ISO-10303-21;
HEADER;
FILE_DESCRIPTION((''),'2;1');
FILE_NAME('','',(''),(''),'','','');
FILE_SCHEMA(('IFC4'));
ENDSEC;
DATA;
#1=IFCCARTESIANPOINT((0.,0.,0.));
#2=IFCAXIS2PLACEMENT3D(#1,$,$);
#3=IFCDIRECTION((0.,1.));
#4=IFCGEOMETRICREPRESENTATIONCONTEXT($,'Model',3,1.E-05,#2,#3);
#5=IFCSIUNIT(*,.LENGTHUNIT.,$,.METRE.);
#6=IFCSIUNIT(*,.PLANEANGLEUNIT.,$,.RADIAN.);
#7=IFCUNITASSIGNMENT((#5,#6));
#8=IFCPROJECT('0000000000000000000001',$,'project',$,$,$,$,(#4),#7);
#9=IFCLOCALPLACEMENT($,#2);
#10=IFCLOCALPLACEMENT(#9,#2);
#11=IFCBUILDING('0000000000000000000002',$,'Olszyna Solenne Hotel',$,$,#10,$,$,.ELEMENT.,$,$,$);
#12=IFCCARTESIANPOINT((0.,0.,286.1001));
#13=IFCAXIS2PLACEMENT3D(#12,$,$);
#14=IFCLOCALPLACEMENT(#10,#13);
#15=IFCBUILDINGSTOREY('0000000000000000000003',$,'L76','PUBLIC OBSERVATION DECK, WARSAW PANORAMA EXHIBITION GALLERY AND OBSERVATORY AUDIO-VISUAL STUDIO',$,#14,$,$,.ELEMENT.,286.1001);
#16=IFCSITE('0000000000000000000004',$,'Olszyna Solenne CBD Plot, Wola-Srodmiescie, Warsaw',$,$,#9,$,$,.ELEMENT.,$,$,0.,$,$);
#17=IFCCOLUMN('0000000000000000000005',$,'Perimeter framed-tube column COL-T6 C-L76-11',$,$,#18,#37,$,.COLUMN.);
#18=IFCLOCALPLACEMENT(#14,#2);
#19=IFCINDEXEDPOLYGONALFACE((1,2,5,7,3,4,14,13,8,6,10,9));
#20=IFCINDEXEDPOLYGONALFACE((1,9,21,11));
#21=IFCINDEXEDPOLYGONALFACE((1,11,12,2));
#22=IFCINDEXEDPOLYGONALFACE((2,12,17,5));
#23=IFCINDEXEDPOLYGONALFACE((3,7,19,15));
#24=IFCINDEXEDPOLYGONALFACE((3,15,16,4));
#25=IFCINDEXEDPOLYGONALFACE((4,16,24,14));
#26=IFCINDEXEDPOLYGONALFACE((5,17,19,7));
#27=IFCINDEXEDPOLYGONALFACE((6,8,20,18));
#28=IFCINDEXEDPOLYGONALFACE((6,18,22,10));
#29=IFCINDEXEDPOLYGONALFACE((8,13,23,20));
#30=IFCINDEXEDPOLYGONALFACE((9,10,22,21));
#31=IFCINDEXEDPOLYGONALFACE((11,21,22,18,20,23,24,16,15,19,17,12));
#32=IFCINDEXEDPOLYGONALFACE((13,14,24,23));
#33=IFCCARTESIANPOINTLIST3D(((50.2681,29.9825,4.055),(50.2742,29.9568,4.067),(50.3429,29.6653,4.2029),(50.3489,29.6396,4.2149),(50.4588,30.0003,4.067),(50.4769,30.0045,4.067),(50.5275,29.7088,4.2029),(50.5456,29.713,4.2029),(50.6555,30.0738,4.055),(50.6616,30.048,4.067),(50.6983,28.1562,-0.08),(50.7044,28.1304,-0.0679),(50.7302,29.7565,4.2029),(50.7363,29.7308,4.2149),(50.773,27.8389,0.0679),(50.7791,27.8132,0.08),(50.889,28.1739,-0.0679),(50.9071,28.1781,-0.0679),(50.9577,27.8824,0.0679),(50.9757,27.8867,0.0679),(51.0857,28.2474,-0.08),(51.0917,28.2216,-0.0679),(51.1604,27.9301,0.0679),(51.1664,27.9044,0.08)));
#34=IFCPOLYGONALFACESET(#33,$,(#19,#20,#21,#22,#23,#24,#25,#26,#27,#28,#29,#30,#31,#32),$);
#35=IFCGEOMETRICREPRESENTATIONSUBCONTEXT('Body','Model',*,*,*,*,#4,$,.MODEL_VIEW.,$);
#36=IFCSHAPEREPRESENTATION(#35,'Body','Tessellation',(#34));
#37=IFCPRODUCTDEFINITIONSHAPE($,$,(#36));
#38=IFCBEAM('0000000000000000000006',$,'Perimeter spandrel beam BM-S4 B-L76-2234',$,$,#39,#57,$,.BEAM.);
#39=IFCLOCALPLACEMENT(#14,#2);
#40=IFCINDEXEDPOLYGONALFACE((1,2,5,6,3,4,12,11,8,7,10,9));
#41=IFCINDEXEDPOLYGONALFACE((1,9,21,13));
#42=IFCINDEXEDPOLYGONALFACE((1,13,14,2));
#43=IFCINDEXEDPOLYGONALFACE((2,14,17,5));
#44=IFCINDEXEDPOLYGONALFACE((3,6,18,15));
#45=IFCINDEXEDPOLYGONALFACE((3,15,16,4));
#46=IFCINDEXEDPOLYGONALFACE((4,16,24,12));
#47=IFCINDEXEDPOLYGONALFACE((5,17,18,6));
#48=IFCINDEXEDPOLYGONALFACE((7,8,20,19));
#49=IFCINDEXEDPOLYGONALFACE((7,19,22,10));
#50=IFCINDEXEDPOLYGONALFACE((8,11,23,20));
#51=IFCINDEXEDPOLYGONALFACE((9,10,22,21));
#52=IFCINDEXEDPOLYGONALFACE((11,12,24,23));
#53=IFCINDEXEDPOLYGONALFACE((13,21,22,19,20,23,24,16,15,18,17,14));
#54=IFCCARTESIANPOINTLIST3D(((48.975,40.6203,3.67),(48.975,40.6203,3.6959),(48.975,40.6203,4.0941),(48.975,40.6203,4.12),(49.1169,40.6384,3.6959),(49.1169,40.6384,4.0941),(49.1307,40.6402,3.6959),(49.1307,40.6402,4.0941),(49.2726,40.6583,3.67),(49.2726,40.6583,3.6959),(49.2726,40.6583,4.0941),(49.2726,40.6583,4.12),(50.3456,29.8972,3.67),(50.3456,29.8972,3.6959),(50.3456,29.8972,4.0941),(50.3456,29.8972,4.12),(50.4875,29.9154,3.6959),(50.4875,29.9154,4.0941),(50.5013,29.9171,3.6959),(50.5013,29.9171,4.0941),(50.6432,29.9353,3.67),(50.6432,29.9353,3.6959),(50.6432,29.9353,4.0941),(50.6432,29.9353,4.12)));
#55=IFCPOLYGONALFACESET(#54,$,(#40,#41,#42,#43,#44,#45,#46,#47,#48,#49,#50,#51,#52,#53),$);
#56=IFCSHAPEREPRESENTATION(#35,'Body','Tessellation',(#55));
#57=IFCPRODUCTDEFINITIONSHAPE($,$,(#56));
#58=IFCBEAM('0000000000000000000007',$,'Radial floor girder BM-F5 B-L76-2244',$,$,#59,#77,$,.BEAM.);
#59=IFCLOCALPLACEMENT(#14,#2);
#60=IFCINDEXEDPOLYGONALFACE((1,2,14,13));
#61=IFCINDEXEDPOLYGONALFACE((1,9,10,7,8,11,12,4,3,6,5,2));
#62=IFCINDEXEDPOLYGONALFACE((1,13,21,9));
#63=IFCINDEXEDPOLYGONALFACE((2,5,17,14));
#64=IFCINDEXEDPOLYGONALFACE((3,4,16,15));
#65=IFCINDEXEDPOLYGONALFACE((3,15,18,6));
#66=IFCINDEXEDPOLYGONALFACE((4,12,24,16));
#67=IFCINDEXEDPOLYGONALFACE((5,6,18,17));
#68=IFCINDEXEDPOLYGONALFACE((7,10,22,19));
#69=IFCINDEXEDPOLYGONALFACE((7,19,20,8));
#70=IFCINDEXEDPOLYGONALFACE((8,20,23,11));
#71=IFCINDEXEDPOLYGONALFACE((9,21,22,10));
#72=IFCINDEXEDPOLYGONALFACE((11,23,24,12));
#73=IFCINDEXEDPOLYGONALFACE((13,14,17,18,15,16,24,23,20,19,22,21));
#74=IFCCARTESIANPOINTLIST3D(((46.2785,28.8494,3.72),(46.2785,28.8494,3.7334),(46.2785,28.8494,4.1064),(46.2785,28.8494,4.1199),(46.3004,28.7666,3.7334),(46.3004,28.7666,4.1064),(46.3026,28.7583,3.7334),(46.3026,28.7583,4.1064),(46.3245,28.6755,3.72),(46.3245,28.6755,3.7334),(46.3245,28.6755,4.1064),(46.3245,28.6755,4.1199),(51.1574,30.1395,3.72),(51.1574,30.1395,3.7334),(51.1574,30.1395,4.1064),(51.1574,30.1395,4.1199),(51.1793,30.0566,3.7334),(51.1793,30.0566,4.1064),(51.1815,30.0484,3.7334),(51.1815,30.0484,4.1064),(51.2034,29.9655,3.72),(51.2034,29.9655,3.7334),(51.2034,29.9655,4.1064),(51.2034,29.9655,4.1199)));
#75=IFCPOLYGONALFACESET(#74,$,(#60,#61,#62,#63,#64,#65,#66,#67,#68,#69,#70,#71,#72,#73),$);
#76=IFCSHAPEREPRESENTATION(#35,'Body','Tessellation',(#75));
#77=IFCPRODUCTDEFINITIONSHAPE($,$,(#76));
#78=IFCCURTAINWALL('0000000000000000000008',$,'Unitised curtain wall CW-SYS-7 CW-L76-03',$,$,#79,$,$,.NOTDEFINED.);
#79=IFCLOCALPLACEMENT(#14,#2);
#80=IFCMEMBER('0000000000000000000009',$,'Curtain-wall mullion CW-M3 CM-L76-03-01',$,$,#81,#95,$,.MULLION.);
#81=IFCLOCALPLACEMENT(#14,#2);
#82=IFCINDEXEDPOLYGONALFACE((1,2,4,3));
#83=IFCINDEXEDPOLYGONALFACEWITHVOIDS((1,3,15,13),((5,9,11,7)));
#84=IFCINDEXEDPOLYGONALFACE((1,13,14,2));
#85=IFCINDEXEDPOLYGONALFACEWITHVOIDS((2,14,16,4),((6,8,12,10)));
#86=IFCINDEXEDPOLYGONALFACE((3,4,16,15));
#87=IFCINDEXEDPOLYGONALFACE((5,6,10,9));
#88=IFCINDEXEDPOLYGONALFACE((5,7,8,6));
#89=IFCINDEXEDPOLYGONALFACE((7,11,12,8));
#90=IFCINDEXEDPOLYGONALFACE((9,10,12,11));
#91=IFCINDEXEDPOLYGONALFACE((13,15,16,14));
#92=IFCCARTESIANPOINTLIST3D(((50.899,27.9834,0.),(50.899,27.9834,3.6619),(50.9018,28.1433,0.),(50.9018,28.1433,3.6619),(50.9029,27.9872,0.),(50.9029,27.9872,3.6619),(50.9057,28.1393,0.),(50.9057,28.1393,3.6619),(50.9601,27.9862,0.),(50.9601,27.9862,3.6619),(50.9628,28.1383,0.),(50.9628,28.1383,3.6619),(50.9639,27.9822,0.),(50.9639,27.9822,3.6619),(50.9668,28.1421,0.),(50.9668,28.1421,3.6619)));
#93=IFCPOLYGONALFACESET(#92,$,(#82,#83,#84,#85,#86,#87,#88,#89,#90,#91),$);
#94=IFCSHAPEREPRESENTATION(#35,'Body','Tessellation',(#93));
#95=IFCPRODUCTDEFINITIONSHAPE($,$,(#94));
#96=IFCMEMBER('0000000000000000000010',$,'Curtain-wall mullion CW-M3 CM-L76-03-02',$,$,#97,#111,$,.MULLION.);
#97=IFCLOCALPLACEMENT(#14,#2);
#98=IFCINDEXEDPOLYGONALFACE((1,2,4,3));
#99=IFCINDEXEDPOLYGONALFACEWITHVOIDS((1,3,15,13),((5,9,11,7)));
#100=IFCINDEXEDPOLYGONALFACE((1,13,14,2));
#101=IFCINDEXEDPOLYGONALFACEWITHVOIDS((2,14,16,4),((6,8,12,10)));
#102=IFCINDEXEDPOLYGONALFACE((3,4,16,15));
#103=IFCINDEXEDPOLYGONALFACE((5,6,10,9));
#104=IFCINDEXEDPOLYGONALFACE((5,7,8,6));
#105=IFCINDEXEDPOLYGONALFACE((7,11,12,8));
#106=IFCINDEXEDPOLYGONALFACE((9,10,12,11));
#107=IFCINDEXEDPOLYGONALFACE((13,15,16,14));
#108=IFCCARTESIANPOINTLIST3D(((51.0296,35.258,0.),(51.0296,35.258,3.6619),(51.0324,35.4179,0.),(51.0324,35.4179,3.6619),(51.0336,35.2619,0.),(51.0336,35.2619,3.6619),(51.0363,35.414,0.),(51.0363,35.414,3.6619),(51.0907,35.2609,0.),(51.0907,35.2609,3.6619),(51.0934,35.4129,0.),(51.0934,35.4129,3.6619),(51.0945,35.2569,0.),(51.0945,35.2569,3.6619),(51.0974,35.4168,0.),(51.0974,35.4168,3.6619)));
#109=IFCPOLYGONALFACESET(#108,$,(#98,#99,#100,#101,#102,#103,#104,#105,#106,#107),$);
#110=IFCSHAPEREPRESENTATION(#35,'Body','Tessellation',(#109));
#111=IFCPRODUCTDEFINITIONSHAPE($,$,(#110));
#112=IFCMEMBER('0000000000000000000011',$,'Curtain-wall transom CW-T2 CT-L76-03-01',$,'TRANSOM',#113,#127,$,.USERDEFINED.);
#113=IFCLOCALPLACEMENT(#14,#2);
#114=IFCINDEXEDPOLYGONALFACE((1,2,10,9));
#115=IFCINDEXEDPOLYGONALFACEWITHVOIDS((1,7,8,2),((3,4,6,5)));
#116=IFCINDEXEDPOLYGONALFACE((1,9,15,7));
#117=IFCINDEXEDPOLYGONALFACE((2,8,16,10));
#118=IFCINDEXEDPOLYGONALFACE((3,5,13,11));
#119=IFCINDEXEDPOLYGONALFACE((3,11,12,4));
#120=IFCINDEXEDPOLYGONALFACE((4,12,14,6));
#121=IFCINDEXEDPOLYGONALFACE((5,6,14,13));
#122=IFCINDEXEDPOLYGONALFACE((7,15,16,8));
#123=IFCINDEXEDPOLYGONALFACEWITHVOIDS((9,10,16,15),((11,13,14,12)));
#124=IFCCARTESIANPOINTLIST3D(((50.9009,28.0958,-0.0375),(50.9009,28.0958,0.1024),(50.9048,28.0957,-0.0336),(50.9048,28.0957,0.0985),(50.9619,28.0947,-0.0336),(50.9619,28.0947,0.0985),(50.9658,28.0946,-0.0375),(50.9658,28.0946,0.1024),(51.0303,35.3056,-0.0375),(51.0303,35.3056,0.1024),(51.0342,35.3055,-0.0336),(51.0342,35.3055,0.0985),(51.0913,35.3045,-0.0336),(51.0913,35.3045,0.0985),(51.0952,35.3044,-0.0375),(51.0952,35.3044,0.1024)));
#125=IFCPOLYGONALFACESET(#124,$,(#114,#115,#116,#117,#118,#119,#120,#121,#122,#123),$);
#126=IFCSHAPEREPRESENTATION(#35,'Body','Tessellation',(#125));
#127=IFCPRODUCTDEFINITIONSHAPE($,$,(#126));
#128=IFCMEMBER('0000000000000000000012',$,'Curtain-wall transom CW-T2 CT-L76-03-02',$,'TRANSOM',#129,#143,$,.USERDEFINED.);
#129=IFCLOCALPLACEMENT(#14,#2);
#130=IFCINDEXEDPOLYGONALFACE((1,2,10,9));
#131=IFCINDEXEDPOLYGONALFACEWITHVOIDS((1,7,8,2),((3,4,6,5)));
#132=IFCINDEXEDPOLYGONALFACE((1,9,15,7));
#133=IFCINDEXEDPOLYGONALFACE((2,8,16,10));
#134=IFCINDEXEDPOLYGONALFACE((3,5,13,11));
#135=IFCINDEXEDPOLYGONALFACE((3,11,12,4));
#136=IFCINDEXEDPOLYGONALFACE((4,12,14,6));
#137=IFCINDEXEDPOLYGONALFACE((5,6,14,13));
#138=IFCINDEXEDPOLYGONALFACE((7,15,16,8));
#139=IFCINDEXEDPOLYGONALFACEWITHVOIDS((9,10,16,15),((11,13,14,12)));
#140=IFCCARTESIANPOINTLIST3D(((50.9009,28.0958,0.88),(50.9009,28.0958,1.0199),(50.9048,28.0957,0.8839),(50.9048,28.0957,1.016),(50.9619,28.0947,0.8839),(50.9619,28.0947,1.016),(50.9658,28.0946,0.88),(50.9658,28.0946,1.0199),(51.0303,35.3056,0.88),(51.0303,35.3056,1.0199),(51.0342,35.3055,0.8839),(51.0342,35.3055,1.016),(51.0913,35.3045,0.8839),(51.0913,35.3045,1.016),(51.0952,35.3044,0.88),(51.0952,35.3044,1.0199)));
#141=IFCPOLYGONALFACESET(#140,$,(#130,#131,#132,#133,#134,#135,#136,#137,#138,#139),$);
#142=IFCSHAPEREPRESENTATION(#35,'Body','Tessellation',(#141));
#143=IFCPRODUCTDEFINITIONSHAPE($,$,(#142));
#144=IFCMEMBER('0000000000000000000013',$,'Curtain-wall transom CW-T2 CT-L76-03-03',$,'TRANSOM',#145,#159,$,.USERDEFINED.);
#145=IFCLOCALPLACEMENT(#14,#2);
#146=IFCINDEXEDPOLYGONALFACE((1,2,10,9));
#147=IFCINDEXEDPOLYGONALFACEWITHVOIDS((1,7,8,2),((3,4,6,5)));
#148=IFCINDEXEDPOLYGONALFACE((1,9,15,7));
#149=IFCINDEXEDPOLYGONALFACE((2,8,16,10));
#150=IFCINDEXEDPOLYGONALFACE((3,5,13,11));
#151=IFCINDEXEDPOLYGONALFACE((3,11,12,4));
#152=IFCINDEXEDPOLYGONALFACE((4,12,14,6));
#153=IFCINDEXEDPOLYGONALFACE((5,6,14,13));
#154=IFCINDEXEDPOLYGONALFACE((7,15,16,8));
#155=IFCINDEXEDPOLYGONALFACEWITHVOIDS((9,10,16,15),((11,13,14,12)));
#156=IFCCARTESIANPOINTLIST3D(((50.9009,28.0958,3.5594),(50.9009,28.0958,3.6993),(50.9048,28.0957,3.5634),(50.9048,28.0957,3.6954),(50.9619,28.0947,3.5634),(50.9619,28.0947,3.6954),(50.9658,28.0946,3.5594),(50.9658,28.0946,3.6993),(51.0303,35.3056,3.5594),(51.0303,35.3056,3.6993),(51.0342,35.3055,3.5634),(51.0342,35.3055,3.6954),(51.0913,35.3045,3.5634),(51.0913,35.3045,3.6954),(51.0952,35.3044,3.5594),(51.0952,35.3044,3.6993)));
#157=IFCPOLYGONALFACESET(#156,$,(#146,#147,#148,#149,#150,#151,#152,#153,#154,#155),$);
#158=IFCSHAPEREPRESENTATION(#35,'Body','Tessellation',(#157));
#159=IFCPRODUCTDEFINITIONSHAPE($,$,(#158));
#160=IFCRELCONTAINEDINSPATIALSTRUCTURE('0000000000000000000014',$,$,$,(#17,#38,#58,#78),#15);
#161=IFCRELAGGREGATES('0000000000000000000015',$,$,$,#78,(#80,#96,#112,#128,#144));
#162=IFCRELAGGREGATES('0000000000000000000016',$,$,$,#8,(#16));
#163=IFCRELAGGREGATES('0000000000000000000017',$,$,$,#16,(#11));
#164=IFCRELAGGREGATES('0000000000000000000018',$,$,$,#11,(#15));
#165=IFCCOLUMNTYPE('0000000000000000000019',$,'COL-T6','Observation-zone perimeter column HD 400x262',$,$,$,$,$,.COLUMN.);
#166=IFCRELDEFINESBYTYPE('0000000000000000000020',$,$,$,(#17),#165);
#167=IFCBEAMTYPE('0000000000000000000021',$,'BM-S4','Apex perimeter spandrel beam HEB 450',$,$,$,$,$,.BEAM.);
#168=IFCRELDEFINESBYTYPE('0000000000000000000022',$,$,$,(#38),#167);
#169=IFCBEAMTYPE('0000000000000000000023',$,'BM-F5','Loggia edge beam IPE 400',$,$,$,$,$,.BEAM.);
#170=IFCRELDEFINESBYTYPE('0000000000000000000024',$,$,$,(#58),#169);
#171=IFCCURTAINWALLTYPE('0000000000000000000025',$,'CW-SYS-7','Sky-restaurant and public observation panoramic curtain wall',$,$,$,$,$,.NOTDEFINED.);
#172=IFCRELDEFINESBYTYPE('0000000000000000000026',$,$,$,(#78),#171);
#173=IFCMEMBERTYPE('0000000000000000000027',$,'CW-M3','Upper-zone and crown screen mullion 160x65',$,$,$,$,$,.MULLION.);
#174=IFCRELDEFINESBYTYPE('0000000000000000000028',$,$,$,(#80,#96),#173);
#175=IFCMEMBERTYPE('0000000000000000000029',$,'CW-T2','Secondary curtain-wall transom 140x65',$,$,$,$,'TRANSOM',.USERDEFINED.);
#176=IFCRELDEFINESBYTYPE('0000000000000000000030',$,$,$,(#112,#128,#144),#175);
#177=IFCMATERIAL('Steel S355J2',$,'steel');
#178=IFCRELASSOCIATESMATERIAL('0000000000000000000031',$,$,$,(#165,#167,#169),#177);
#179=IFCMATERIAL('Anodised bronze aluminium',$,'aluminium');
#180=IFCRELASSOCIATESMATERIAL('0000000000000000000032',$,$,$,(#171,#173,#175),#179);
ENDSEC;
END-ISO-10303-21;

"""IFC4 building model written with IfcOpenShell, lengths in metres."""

from ifc_helpers import new_model, si_unit, direction, frame, origin, origin_2d, place, context, subcontext, project, spatial, hollow_rectangle, i_section, extrude, source, transform, mapped, material, material_profile, profile_set, type_object, element, aggregate, save


model = new_model("IFC4")

# Units and contexts
model_context = context("Model", 3, precision=1e-05, world=origin(), true_north=direction((0.0, 1.0)))
body_context = subcontext(model_context, "Body", "Model", "MODEL_VIEW")
ifc_project = project(units=[si_unit("LENGTHUNIT", "METRE"), si_unit("PLANEANGLEUNIT", "RADIAN")], contexts=[model_context])

# Site, building, storey
site_placement = place(None, origin())
site = spatial("IfcSite", under=ifc_project, at=site_placement, Name="Olszyna Solenne CBD Plot, Wola-Srodmiescie, Warsaw", CompositionType="ELEMENT", RefElevation=0.0)
building_placement = place(site_placement, origin())
building = spatial("IfcBuilding", under=site, at=building_placement, Name="Olszyna Solenne Hotel", CompositionType="ELEMENT")
storey_placement = place(building_placement, frame((0.0, 0.0, 286.1001)))
storey = spatial("IfcBuildingStorey", under=building, at=storey_placement, Name="L76", Description="PUBLIC OBSERVATION DECK, WARSAW PANORAMA EXHIBITION GALLERY AND OBSERVATORY AUDIO-VISUAL STUDIO", CompositionType="ELEMENT", Elevation=286.1001)

# Column
ifc_material_1 = material(Name="Steel S355J2", Category="steel")
ifc_material_profile_1 = material_profile(ifc_material_1, i_section(OverallWidth=0.3979, OverallDepth=0.387, WebThickness=0.0186, FlangeThickness=0.0291, at=origin_2d()), Name="HD 400x262", Category="load-bearing")
ifc_profile_set_1 = profile_set([ifc_material_profile_1], Name="Steel S355J2")
column_type = type_object("IfcColumnType", Name="COL-T6", Description="Observation-zone perimeter column HD 400x262", PredefinedType="COLUMN", material=ifc_profile_set_1)
shared_shape_1 = source(origin(), body_context, "Body", "SweptSolid", [
    extrude(i_section(OverallWidth=0.3979, OverallDepth=0.387, WebThickness=0.0186, FlangeThickness=0.0291, at=origin_2d()), origin(), (0.0, 0.0, 1.0), 4.5408),
])
column_placement = place(storey_placement, frame((50.9324, 28.0303, 0.0), z_axis=(-0.094735, 0.402221, 0.910628), x_axis=(-0.973366, -0.229257, 0.0)))
element("IfcColumn", 1, at=column_placement, inside=storey, type_object=column_type, Name="Perimeter framed-tube column COL-T6 C-L76-11", PredefinedType="COLUMN", context=body_context, shape_type="MappedRepresentation", body=[
    mapped(shared_shape_1, transform((0.0, 0.0, 0.0), x_axis=(1.0, 0.0, 0.0), y_axis=(0.0, 1.0, 0.0), z_axis=(0.0, 0.0, 1.0), scale=1.0)),
])

# Beams
ifc_material_profile_2 = material_profile(ifc_material_1, i_section(OverallWidth=0.3, OverallDepth=0.45, WebThickness=0.0139, FlangeThickness=0.0259, at=origin_2d()), Name="HEB 450", Category="load-bearing")
ifc_profile_set_2 = profile_set([ifc_material_profile_2], Name="Steel S355J2")
beam_type_1 = type_object("IfcBeamType", Name="BM-S4", Description="Apex perimeter spandrel beam HEB 450", PredefinedType="BEAM", material=ifc_profile_set_2)
shared_shape_2 = source(origin(), body_context, "Body", "SweptSolid", [
    extrude(i_section(OverallWidth=0.3, OverallDepth=0.45, WebThickness=0.0139, FlangeThickness=0.0259, at=origin_2d()), origin(), (0.0, 0.0, 1.0), 10.8103),
])
beam_1_placement = place(storey_placement, frame((50.4944, 29.9163, 3.895), z_axis=(-0.126786, 0.99193, 0.0), x_axis=(-0.99193, -0.126786, 0.0)))
element("IfcBeam", 2, at=beam_1_placement, inside=storey, type_object=beam_type_1, Name="Perimeter spandrel beam BM-S4 B-L76-2234", PredefinedType="BEAM", context=body_context, shape_type="MappedRepresentation", body=[
    mapped(shared_shape_2, transform((0.0, 0.0, 0.0), x_axis=(1.0, 0.0, 0.0), y_axis=(0.0, 1.0, 0.0), z_axis=(0.0, 0.0, 1.0), scale=1.0)),
])
ifc_material_profile_3 = material_profile(ifc_material_1, i_section(OverallWidth=0.1799, OverallDepth=0.3999, WebThickness=0.0085, FlangeThickness=0.0134, at=origin_2d()), Name="IPE 400", Category="load-bearing")
ifc_profile_set_3 = profile_set([ifc_material_profile_3], Name="Steel S355J2")
beam_type_2 = type_object("IfcBeamType", Name="BM-F5", Description="Loggia edge beam IPE 400", PredefinedType="BEAM", material=ifc_profile_set_3)
shared_shape_3 = source(origin(), body_context, "Body", "SweptSolid", [
    extrude(i_section(OverallWidth=0.1799, OverallDepth=0.3999, WebThickness=0.0085, FlangeThickness=0.0134, at=origin_2d()), origin(), (0.0, 0.0, 1.0), 5.0466),
])
beam_2_placement = place(storey_placement, frame((51.1804, 30.0525, 3.9199), z_axis=(-0.966776, -0.255627, 0.0), x_axis=(0.255627, -0.966776, 0.0)))
element("IfcBeam", 3, at=beam_2_placement, inside=storey, type_object=beam_type_2, Name="Radial floor girder BM-F5 B-L76-2244", PredefinedType="BEAM", context=body_context, shape_type="MappedRepresentation", body=[
    mapped(shared_shape_3, transform((0.0, 0.0, 0.0), x_axis=(1.0, 0.0, 0.0), y_axis=(0.0, 1.0, 0.0), z_axis=(0.0, 0.0, 1.0), scale=1.0)),
])

# Curtain wall, members
ifc_material_2 = material(Name="Anodised bronze aluminium", Category="aluminium")
curtain_wall_type = type_object("IfcCurtainWallType", Name="CW-SYS-7", Description="Sky-restaurant and public observation panoramic curtain wall", PredefinedType="NOTDEFINED", material=ifc_material_2)
curtain_wall_placement = place(storey_placement, origin())
curtain_wall = element("IfcCurtainWall", 4, at=curtain_wall_placement, inside=storey, type_object=curtain_wall_type, Name="Unitised curtain wall CW-SYS-7 CW-L76-03", PredefinedType="NOTDEFINED")
ifc_material_profile_4 = material_profile(ifc_material_2, hollow_rectangle(XDim=0.0649, YDim=0.1599, WallThickness=0.0039, at=origin_2d()), Name="MULL 160x65x4", Category="load-bearing")
ifc_profile_set_4 = profile_set([ifc_material_profile_4], Name="Anodised bronze aluminium")
member_type_1 = type_object("IfcMemberType", Name="CW-M3", Description="Upper-zone and crown screen mullion 160x65", PredefinedType="MULLION", material=ifc_profile_set_4)
shared_shape_4 = source(origin(), body_context, "Body", "SweptSolid", [
    extrude(hollow_rectangle(XDim=0.0649, YDim=0.1599, WallThickness=0.0039, at=origin_2d()), origin(), (0.0, 0.0, 1.0), 3.6619),
])
member_1_placement = place(storey_placement, frame((50.9329, 28.0627, 0.0), z_axis=(0.0, 0.0, 1.0), x_axis=(-0.999839, 0.017934, 0.0)))
member_1 = element("IfcMember", 5, at=member_1_placement, type_object=member_type_1, Name="Curtain-wall mullion CW-M3 CM-L76-03-01", PredefinedType="MULLION", context=body_context, shape_type="MappedRepresentation", body=[
    mapped(shared_shape_4, transform((0.0, 0.0, 0.0), x_axis=(1.0, 0.0, 0.0), y_axis=(0.0, 1.0, 0.0), z_axis=(0.0, 0.0, 1.0), scale=1.0)),
])
member_2_placement = place(storey_placement, frame((51.0635, 35.3374, 0.0), z_axis=(0.0, 0.0, 1.0), x_axis=(-0.999839, 0.017934, 0.0)))
member_2 = element("IfcMember", 6, at=member_2_placement, type_object=member_type_1, Name="Curtain-wall mullion CW-M3 CM-L76-03-02", PredefinedType="MULLION", context=body_context, shape_type="MappedRepresentation", body=[
    mapped(shared_shape_4, transform((0.0, 0.0, 0.0), x_axis=(1.0, 0.0, 0.0), y_axis=(0.0, 1.0, 0.0), z_axis=(0.0, 0.0, 1.0), scale=1.0)),
])
ifc_material_profile_5 = material_profile(ifc_material_2, hollow_rectangle(XDim=0.0649, YDim=0.1399, WallThickness=0.0039, at=origin_2d()), Name="TRAN 140x65x4", Category="load-bearing")
ifc_profile_set_5 = profile_set([ifc_material_profile_5], Name="Anodised bronze aluminium")
member_type_2 = type_object("IfcMemberType", Name="CW-T2", Description="Secondary curtain-wall transom 140x65", ElementType="TRANSOM", PredefinedType="USERDEFINED", material=ifc_profile_set_5)
shared_shape_5 = source(origin(), body_context, "Body", "SweptSolid", [
    extrude(hollow_rectangle(XDim=0.0649, YDim=0.1399, WallThickness=0.0039, at=origin_2d()), origin(), (0.0, 0.0, 1.0), 7.2109),
])
member_3_placement = place(storey_placement, frame((50.9333, 28.0952, 0.0325), z_axis=(0.017944, 0.999839, 0.0), x_axis=(-0.999839, 0.017944, 0.0)))
member_3 = element("IfcMember", 7, at=member_3_placement, type_object=member_type_2, Name="Curtain-wall transom CW-T2 CT-L76-03-01", ObjectType="TRANSOM", PredefinedType="USERDEFINED", context=body_context, shape_type="MappedRepresentation", body=[
    mapped(shared_shape_5, transform((0.0, 0.0, 0.0), x_axis=(1.0, 0.0, 0.0), y_axis=(0.0, 1.0, 0.0), z_axis=(0.0, 0.0, 1.0), scale=1.0)),
])
member_4_placement = place(storey_placement, frame((50.9333, 28.0952, 0.95), z_axis=(0.017944, 0.999839, 0.0), x_axis=(-0.999839, 0.017944, 0.0)))
member_4 = element("IfcMember", 8, at=member_4_placement, type_object=member_type_2, Name="Curtain-wall transom CW-T2 CT-L76-03-02", ObjectType="TRANSOM", PredefinedType="USERDEFINED", context=body_context, shape_type="MappedRepresentation", body=[
    mapped(shared_shape_5, transform((0.0, 0.0, 0.0), x_axis=(1.0, 0.0, 0.0), y_axis=(0.0, 1.0, 0.0), z_axis=(0.0, 0.0, 1.0), scale=1.0)),
])
member_5_placement = place(storey_placement, frame((50.9333, 28.0952, 3.6294), z_axis=(0.017944, 0.999839, 0.0), x_axis=(-0.999839, 0.017944, 0.0)))
member_5 = element("IfcMember", 9, at=member_5_placement, type_object=member_type_2, Name="Curtain-wall transom CW-T2 CT-L76-03-03", ObjectType="TRANSOM", PredefinedType="USERDEFINED", context=body_context, shape_type="MappedRepresentation", body=[
    mapped(shared_shape_5, transform((0.0, 0.0, 0.0), x_axis=(1.0, 0.0, 0.0), y_axis=(0.0, 1.0, 0.0), z_axis=(0.0, 0.0, 1.0), scale=1.0)),
])

aggregate(curtain_wall, [member_1, member_2, member_3, member_4, member_5])

save(model, "model.ifc")
